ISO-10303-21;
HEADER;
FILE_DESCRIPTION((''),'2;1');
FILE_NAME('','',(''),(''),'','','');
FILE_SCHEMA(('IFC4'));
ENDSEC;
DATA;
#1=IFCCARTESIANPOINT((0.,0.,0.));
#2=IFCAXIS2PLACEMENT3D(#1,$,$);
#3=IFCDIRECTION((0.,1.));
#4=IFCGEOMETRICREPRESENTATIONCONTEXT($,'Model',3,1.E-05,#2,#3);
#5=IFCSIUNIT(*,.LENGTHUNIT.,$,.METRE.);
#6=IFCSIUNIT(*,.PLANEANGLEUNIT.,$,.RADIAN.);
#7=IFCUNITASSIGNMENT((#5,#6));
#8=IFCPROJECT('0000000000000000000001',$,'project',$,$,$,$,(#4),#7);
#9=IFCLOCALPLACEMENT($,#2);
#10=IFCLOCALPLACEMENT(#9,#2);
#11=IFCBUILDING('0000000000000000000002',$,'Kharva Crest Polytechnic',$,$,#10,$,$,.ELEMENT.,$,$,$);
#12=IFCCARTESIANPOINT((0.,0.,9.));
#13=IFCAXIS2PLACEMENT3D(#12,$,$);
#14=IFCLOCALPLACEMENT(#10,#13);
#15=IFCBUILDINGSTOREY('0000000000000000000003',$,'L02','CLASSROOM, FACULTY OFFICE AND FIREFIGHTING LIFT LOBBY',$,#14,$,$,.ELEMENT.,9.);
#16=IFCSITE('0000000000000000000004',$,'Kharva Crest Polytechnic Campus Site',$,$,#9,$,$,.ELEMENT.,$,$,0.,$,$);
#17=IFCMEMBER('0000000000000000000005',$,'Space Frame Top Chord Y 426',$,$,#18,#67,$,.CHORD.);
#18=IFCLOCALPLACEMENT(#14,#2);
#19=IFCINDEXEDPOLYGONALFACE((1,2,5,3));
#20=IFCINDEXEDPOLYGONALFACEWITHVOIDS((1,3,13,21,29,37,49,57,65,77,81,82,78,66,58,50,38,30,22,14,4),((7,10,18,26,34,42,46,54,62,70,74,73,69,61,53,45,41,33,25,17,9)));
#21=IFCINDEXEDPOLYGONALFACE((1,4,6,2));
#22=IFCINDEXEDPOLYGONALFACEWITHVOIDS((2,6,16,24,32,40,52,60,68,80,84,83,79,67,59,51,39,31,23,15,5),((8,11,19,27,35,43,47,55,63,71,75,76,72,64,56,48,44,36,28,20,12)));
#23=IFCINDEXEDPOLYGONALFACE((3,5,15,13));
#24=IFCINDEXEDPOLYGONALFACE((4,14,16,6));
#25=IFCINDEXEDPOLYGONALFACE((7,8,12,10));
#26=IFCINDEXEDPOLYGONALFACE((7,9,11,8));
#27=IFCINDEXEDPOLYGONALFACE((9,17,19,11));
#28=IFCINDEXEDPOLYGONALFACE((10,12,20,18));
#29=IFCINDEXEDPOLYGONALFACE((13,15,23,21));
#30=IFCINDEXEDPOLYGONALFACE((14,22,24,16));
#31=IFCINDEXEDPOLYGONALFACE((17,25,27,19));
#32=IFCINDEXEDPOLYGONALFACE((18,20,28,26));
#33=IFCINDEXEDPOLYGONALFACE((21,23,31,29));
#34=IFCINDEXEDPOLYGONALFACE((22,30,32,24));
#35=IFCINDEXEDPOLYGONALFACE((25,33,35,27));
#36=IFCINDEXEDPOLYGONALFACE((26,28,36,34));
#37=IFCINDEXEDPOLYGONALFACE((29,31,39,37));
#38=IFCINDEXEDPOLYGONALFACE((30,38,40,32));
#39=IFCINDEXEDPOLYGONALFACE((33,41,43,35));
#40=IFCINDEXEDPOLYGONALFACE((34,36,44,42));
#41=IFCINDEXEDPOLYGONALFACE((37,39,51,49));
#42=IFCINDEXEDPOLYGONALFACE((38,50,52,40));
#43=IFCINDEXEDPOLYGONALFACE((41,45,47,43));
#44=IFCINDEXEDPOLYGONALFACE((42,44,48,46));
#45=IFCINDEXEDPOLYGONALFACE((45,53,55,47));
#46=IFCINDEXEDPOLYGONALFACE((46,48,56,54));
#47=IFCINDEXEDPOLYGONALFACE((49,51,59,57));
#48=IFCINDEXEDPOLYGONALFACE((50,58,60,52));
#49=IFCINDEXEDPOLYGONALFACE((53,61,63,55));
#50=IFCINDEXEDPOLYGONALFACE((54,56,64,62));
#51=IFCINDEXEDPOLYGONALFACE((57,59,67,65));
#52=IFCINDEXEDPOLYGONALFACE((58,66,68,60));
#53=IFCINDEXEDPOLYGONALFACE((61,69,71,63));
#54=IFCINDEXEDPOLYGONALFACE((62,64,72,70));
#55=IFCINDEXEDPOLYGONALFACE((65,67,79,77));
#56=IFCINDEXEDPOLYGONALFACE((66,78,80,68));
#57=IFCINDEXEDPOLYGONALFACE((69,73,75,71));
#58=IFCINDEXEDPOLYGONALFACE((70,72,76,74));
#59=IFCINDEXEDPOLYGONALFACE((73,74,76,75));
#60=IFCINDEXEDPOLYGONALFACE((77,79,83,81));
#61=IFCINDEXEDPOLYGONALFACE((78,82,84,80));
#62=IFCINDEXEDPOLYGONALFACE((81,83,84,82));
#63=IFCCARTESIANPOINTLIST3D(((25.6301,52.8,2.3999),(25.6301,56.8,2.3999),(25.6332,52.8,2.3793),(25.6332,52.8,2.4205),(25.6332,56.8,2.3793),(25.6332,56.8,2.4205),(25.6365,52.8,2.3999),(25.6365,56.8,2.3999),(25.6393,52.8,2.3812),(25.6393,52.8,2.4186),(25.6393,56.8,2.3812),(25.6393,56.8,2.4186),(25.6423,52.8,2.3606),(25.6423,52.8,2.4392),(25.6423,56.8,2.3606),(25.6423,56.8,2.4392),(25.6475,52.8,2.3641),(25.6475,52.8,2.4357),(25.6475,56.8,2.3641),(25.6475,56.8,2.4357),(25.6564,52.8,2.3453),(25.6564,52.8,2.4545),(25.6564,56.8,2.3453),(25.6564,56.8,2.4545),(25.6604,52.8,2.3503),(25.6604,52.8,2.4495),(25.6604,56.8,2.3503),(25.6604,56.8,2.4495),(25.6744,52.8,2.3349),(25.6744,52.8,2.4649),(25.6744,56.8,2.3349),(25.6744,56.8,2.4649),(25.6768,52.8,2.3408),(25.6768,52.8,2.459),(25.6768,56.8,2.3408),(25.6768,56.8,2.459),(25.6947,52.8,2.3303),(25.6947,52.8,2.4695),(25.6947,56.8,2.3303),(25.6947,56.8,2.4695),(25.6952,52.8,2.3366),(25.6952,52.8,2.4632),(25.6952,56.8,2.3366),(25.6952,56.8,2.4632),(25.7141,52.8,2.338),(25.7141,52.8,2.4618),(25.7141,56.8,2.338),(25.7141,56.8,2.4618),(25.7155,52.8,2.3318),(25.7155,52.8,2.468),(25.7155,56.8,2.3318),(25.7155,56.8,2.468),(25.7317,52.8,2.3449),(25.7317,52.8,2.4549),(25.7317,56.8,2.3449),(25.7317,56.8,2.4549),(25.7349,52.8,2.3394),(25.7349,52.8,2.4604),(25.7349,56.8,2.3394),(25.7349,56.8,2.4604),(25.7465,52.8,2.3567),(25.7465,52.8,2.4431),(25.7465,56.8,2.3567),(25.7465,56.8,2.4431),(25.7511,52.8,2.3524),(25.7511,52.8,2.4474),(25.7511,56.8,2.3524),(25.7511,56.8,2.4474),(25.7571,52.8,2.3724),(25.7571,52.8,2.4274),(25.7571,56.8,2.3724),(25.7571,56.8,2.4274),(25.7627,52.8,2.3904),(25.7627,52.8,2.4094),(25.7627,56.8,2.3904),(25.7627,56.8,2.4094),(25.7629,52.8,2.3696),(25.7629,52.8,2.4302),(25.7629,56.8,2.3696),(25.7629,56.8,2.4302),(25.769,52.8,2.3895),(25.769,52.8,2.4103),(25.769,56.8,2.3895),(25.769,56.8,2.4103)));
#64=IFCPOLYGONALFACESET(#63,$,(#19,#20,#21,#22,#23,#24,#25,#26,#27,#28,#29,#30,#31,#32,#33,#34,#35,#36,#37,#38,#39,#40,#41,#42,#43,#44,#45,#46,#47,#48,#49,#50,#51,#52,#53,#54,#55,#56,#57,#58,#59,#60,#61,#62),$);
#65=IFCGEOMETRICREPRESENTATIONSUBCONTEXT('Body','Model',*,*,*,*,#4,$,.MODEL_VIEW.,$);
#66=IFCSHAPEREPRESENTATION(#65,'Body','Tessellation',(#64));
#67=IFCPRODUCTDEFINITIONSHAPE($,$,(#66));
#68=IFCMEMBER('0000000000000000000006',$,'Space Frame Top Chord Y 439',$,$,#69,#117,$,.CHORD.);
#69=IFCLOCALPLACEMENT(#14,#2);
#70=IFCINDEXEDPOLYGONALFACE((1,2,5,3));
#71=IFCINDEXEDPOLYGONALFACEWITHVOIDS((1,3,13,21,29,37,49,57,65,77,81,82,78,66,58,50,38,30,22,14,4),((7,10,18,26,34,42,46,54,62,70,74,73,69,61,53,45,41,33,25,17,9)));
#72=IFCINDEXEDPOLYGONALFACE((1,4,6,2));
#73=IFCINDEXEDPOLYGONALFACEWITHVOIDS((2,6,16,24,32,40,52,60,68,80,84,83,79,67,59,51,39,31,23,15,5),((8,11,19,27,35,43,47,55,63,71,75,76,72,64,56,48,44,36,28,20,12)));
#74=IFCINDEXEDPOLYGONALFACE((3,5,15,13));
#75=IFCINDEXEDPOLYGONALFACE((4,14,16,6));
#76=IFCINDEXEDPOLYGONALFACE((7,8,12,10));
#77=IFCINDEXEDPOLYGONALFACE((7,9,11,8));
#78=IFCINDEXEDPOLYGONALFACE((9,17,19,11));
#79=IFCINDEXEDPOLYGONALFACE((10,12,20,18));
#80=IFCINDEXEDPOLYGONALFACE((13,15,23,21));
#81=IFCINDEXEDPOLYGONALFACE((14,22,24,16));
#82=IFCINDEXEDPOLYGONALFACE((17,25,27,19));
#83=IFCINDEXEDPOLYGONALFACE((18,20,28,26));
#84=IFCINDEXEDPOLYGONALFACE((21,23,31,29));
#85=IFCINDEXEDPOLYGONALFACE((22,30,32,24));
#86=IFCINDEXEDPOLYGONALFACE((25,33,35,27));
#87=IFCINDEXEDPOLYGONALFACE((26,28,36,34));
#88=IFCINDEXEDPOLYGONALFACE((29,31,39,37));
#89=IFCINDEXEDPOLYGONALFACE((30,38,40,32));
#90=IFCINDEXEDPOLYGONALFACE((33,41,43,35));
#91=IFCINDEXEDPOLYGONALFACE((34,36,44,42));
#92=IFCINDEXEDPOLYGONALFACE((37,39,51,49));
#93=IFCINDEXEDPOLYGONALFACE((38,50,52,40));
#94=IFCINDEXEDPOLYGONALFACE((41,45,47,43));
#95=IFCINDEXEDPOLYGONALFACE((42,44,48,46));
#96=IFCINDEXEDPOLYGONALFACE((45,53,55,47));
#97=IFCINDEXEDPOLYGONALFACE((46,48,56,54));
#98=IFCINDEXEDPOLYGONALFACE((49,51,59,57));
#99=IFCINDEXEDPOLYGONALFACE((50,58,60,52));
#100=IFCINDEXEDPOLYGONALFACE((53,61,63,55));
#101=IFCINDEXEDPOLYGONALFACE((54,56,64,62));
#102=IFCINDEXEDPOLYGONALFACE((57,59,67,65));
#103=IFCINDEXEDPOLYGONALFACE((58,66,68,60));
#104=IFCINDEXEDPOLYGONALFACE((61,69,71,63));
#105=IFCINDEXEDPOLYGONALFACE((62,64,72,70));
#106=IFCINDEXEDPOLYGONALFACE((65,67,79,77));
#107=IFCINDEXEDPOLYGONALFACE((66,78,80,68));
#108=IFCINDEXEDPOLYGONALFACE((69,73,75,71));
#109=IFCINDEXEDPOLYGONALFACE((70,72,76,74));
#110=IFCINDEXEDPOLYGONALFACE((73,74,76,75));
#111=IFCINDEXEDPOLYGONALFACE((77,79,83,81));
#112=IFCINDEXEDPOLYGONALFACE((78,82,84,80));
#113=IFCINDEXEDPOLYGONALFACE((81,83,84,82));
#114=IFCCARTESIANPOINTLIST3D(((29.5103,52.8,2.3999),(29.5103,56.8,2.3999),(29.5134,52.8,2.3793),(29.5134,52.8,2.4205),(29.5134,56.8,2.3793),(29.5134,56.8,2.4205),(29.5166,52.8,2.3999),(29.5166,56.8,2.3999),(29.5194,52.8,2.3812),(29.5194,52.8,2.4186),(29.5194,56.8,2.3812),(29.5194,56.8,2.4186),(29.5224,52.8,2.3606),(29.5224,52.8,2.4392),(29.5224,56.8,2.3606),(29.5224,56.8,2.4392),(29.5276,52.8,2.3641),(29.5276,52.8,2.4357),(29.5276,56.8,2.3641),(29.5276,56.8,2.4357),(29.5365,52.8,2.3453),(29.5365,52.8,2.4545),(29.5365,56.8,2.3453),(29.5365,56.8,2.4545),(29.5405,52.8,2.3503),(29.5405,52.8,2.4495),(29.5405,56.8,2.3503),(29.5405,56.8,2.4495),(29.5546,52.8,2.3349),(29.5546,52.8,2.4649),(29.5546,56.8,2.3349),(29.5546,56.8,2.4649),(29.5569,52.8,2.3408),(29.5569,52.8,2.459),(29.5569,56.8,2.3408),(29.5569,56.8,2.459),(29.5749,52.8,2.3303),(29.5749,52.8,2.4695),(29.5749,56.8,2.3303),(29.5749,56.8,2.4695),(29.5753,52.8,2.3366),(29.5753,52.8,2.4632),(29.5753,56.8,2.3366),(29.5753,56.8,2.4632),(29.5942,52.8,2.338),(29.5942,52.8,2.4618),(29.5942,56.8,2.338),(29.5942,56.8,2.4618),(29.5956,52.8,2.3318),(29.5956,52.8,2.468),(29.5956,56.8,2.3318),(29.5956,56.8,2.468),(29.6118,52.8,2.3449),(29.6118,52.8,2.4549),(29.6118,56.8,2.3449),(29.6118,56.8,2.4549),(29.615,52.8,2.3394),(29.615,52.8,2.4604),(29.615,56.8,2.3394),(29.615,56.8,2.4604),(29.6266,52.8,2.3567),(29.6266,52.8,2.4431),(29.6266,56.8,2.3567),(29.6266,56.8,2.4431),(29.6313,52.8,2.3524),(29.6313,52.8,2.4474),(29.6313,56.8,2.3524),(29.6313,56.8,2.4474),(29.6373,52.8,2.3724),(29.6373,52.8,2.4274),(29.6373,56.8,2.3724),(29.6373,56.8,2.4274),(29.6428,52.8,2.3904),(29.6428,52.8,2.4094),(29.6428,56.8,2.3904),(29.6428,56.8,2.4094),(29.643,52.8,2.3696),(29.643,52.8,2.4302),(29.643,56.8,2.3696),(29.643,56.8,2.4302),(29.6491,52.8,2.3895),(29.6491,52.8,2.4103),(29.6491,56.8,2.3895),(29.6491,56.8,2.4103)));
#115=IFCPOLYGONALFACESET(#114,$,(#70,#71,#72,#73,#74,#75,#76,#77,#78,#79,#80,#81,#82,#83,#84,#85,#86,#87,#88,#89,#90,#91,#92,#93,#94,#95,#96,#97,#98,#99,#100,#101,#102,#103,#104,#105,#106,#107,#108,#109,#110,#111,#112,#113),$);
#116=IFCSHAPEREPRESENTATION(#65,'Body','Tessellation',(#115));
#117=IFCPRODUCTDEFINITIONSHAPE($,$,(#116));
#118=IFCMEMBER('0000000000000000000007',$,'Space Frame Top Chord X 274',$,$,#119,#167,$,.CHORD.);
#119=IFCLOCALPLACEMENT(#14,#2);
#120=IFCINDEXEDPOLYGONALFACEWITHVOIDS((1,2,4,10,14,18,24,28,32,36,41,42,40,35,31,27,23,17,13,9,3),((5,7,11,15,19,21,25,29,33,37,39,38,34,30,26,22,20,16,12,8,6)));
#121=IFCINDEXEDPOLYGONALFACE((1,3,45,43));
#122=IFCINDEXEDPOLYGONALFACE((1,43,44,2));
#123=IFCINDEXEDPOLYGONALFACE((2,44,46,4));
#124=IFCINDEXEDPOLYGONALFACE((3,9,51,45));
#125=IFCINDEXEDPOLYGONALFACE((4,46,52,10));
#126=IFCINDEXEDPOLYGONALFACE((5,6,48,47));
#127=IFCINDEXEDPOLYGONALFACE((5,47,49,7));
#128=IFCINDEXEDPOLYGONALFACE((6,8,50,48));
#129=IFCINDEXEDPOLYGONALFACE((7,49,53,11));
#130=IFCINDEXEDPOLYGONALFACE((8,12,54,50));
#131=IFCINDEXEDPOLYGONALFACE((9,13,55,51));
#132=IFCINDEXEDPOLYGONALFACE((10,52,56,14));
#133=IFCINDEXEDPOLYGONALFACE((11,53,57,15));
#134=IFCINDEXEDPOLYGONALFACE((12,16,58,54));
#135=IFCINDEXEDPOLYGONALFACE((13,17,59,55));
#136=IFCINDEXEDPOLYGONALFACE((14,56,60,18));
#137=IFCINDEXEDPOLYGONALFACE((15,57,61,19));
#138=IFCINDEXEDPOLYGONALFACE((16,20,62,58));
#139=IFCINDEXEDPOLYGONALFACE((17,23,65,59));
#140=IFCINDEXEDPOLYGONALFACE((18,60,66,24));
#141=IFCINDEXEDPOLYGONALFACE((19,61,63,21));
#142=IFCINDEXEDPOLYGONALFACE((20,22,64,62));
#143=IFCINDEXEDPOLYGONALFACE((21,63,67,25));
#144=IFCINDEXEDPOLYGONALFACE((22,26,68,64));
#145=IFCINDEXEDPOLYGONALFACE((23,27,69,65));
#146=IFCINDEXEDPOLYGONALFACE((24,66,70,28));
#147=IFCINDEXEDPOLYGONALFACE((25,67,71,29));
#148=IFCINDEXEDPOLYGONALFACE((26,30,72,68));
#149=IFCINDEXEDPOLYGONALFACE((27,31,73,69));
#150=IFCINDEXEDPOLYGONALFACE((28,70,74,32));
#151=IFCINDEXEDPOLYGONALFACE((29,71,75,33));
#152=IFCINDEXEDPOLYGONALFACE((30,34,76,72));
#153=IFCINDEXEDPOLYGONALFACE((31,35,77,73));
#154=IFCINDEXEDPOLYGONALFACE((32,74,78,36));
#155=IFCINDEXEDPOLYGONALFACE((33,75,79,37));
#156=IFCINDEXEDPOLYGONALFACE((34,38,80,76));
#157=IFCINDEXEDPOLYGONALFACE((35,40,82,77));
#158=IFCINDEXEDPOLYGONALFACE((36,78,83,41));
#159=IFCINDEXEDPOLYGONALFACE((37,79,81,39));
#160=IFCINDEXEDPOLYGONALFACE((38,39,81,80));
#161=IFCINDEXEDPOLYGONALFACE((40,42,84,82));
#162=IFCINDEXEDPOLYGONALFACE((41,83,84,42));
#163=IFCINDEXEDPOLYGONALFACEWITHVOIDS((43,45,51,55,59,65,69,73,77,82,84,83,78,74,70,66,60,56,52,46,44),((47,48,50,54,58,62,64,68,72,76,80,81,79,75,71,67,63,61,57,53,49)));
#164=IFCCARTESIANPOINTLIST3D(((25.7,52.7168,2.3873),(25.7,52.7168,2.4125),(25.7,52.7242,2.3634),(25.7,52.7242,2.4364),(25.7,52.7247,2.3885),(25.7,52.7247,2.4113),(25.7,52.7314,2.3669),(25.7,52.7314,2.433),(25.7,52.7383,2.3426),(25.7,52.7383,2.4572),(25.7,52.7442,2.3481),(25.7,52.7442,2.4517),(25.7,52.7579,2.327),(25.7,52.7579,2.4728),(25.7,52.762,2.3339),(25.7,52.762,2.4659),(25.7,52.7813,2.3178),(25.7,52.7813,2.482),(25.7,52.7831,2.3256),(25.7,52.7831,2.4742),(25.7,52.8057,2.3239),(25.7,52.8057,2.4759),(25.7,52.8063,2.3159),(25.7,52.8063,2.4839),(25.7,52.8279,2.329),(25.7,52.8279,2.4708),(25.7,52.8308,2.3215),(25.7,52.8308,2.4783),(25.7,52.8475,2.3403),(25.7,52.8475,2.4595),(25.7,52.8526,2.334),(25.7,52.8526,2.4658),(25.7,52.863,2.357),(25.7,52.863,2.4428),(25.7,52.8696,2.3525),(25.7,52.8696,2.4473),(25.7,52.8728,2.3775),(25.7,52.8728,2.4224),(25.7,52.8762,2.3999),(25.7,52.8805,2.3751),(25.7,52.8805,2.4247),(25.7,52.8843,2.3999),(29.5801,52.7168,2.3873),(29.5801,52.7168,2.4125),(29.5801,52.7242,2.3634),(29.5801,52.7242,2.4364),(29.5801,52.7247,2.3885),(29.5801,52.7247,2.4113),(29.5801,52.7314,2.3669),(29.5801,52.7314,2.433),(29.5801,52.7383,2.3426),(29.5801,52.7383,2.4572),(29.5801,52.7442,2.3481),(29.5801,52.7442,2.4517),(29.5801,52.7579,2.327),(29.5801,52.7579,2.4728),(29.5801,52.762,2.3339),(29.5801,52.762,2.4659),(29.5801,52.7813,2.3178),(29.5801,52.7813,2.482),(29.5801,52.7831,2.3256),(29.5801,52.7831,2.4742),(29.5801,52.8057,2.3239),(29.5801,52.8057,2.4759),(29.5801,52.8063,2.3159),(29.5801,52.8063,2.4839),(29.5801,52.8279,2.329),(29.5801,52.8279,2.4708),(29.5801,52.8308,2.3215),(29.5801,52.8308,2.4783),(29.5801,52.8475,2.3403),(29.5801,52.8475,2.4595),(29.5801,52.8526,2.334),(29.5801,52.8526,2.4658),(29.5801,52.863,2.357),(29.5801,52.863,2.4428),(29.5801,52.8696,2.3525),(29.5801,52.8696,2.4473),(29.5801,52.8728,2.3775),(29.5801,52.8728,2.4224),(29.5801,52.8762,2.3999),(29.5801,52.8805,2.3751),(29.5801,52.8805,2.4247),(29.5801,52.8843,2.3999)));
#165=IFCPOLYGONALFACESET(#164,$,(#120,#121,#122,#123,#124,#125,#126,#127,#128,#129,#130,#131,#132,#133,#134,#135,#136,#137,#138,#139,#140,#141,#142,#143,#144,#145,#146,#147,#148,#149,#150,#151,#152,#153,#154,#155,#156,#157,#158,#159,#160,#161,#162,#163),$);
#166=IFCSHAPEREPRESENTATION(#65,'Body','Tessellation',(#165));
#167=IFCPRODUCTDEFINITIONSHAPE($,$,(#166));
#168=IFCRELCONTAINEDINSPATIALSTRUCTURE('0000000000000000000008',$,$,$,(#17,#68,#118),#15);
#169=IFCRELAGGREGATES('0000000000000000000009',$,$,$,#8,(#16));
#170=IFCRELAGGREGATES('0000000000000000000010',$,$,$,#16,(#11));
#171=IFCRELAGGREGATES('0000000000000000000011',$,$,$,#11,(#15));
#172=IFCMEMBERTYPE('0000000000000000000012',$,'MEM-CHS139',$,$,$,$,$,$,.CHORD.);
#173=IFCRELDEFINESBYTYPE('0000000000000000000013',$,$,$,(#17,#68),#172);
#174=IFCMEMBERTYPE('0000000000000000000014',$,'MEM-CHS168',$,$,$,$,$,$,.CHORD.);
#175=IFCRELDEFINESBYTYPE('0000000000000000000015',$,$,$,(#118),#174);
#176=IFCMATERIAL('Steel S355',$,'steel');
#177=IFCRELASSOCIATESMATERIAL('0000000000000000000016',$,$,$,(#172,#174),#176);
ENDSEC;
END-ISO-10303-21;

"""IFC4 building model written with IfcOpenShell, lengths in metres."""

from ifc_helpers import new_model, si_unit, direction, frame, origin, origin_2d, place, context, subcontext, project, spatial, hollow_circle, extrude, material, material_profile, profile_set, type_object, element, save


model = new_model("IFC4")

# Units and contexts
model_context = context("Model", 3, precision=1e-05, world=origin(), true_north=direction((0.0, 1.0)))
body_context = subcontext(model_context, "Body", "Model", "MODEL_VIEW")
ifc_project = project(units=[si_unit("LENGTHUNIT", "METRE"), si_unit("PLANEANGLEUNIT", "RADIAN")], contexts=[model_context])

# Site, building, storey
site_placement = place(None, origin())
site = spatial("IfcSite", under=ifc_project, at=site_placement, Name="Kharva Crest Polytechnic Campus Site", CompositionType="ELEMENT", RefElevation=0.0)
building_placement = place(site_placement, origin())
building = spatial("IfcBuilding", under=site, at=building_placement, Name="Kharva Crest Polytechnic", CompositionType="ELEMENT")
storey_placement = place(building_placement, frame((0.0, 0.0, 9.0)))
storey = spatial("IfcBuildingStorey", under=building, at=storey_placement, Name="L02", Description="CLASSROOM, FACULTY OFFICE AND FIREFIGHTING LIFT LOBBY", CompositionType="ELEMENT", Elevation=9.0)

# Shared definitions
ifc_material_1 = material(Name="Steel S355", Category="steel")

# Members
ifc_material_profile_1 = material_profile(ifc_material_1, hollow_circle(Radius=0.0698, WallThickness=0.0063, at=origin_2d()), Name="CHS 139.7X6.3")
ifc_profile_set_1 = profile_set([ifc_material_profile_1], Name="Steel S355")
member_type_1 = type_object("IfcMemberType", Name="MEM-CHS139", PredefinedType="CHORD", material=ifc_profile_set_1)
for number, where, z_axis, x_axis, name in (
    (1, (25.7, 52.8, 2.3999), (0.0, 1.0, 0.0), (-1.0, 0.0, 0.0), "Space Frame Top Chord Y 426"),
    (2, (29.5801, 52.8, 2.3999), (0.0, 1.0, 0.0), (-1.0, 0.0, 0.0), "Space Frame Top Chord Y 439"),
):
    element("IfcMember", number, at=place(storey_placement, frame(where, z_axis=z_axis, x_axis=x_axis)), inside=storey, type_object=member_type_1, Name=name, PredefinedType="CHORD", context=body_context, shape_type="SweptSolid", body=[
        extrude(hollow_circle(Radius=0.0698, WallThickness=0.0063, at=origin_2d()), origin(), (0.0, 0.0, 1.0), 4.0),
    ])
ifc_material_profile_2 = material_profile(ifc_material_1, hollow_circle(Radius=0.0842, WallThickness=0.0081, at=origin_2d()), Name="CHS 168.3X8.0")
ifc_profile_set_2 = profile_set([ifc_material_profile_2], Name="Steel S355")
member_type_2 = type_object("IfcMemberType", Name="MEM-CHS168", PredefinedType="CHORD", material=ifc_profile_set_2)
member_1_placement = place(storey_placement, frame((25.7, 52.8, 2.3999), z_axis=(1.0, 0.0, 0.0), x_axis=(0.0, 1.0, 0.0)))
element("IfcMember", 3, at=member_1_placement, inside=storey, type_object=member_type_2, Name="Space Frame Top Chord X 274", PredefinedType="CHORD", context=body_context, shape_type="SweptSolid", body=[
    extrude(hollow_circle(Radius=0.0842, WallThickness=0.0081, at=origin_2d()), origin(), (0.0, 0.0, 1.0), 3.8801),
])

save(model, "model.ifc")
